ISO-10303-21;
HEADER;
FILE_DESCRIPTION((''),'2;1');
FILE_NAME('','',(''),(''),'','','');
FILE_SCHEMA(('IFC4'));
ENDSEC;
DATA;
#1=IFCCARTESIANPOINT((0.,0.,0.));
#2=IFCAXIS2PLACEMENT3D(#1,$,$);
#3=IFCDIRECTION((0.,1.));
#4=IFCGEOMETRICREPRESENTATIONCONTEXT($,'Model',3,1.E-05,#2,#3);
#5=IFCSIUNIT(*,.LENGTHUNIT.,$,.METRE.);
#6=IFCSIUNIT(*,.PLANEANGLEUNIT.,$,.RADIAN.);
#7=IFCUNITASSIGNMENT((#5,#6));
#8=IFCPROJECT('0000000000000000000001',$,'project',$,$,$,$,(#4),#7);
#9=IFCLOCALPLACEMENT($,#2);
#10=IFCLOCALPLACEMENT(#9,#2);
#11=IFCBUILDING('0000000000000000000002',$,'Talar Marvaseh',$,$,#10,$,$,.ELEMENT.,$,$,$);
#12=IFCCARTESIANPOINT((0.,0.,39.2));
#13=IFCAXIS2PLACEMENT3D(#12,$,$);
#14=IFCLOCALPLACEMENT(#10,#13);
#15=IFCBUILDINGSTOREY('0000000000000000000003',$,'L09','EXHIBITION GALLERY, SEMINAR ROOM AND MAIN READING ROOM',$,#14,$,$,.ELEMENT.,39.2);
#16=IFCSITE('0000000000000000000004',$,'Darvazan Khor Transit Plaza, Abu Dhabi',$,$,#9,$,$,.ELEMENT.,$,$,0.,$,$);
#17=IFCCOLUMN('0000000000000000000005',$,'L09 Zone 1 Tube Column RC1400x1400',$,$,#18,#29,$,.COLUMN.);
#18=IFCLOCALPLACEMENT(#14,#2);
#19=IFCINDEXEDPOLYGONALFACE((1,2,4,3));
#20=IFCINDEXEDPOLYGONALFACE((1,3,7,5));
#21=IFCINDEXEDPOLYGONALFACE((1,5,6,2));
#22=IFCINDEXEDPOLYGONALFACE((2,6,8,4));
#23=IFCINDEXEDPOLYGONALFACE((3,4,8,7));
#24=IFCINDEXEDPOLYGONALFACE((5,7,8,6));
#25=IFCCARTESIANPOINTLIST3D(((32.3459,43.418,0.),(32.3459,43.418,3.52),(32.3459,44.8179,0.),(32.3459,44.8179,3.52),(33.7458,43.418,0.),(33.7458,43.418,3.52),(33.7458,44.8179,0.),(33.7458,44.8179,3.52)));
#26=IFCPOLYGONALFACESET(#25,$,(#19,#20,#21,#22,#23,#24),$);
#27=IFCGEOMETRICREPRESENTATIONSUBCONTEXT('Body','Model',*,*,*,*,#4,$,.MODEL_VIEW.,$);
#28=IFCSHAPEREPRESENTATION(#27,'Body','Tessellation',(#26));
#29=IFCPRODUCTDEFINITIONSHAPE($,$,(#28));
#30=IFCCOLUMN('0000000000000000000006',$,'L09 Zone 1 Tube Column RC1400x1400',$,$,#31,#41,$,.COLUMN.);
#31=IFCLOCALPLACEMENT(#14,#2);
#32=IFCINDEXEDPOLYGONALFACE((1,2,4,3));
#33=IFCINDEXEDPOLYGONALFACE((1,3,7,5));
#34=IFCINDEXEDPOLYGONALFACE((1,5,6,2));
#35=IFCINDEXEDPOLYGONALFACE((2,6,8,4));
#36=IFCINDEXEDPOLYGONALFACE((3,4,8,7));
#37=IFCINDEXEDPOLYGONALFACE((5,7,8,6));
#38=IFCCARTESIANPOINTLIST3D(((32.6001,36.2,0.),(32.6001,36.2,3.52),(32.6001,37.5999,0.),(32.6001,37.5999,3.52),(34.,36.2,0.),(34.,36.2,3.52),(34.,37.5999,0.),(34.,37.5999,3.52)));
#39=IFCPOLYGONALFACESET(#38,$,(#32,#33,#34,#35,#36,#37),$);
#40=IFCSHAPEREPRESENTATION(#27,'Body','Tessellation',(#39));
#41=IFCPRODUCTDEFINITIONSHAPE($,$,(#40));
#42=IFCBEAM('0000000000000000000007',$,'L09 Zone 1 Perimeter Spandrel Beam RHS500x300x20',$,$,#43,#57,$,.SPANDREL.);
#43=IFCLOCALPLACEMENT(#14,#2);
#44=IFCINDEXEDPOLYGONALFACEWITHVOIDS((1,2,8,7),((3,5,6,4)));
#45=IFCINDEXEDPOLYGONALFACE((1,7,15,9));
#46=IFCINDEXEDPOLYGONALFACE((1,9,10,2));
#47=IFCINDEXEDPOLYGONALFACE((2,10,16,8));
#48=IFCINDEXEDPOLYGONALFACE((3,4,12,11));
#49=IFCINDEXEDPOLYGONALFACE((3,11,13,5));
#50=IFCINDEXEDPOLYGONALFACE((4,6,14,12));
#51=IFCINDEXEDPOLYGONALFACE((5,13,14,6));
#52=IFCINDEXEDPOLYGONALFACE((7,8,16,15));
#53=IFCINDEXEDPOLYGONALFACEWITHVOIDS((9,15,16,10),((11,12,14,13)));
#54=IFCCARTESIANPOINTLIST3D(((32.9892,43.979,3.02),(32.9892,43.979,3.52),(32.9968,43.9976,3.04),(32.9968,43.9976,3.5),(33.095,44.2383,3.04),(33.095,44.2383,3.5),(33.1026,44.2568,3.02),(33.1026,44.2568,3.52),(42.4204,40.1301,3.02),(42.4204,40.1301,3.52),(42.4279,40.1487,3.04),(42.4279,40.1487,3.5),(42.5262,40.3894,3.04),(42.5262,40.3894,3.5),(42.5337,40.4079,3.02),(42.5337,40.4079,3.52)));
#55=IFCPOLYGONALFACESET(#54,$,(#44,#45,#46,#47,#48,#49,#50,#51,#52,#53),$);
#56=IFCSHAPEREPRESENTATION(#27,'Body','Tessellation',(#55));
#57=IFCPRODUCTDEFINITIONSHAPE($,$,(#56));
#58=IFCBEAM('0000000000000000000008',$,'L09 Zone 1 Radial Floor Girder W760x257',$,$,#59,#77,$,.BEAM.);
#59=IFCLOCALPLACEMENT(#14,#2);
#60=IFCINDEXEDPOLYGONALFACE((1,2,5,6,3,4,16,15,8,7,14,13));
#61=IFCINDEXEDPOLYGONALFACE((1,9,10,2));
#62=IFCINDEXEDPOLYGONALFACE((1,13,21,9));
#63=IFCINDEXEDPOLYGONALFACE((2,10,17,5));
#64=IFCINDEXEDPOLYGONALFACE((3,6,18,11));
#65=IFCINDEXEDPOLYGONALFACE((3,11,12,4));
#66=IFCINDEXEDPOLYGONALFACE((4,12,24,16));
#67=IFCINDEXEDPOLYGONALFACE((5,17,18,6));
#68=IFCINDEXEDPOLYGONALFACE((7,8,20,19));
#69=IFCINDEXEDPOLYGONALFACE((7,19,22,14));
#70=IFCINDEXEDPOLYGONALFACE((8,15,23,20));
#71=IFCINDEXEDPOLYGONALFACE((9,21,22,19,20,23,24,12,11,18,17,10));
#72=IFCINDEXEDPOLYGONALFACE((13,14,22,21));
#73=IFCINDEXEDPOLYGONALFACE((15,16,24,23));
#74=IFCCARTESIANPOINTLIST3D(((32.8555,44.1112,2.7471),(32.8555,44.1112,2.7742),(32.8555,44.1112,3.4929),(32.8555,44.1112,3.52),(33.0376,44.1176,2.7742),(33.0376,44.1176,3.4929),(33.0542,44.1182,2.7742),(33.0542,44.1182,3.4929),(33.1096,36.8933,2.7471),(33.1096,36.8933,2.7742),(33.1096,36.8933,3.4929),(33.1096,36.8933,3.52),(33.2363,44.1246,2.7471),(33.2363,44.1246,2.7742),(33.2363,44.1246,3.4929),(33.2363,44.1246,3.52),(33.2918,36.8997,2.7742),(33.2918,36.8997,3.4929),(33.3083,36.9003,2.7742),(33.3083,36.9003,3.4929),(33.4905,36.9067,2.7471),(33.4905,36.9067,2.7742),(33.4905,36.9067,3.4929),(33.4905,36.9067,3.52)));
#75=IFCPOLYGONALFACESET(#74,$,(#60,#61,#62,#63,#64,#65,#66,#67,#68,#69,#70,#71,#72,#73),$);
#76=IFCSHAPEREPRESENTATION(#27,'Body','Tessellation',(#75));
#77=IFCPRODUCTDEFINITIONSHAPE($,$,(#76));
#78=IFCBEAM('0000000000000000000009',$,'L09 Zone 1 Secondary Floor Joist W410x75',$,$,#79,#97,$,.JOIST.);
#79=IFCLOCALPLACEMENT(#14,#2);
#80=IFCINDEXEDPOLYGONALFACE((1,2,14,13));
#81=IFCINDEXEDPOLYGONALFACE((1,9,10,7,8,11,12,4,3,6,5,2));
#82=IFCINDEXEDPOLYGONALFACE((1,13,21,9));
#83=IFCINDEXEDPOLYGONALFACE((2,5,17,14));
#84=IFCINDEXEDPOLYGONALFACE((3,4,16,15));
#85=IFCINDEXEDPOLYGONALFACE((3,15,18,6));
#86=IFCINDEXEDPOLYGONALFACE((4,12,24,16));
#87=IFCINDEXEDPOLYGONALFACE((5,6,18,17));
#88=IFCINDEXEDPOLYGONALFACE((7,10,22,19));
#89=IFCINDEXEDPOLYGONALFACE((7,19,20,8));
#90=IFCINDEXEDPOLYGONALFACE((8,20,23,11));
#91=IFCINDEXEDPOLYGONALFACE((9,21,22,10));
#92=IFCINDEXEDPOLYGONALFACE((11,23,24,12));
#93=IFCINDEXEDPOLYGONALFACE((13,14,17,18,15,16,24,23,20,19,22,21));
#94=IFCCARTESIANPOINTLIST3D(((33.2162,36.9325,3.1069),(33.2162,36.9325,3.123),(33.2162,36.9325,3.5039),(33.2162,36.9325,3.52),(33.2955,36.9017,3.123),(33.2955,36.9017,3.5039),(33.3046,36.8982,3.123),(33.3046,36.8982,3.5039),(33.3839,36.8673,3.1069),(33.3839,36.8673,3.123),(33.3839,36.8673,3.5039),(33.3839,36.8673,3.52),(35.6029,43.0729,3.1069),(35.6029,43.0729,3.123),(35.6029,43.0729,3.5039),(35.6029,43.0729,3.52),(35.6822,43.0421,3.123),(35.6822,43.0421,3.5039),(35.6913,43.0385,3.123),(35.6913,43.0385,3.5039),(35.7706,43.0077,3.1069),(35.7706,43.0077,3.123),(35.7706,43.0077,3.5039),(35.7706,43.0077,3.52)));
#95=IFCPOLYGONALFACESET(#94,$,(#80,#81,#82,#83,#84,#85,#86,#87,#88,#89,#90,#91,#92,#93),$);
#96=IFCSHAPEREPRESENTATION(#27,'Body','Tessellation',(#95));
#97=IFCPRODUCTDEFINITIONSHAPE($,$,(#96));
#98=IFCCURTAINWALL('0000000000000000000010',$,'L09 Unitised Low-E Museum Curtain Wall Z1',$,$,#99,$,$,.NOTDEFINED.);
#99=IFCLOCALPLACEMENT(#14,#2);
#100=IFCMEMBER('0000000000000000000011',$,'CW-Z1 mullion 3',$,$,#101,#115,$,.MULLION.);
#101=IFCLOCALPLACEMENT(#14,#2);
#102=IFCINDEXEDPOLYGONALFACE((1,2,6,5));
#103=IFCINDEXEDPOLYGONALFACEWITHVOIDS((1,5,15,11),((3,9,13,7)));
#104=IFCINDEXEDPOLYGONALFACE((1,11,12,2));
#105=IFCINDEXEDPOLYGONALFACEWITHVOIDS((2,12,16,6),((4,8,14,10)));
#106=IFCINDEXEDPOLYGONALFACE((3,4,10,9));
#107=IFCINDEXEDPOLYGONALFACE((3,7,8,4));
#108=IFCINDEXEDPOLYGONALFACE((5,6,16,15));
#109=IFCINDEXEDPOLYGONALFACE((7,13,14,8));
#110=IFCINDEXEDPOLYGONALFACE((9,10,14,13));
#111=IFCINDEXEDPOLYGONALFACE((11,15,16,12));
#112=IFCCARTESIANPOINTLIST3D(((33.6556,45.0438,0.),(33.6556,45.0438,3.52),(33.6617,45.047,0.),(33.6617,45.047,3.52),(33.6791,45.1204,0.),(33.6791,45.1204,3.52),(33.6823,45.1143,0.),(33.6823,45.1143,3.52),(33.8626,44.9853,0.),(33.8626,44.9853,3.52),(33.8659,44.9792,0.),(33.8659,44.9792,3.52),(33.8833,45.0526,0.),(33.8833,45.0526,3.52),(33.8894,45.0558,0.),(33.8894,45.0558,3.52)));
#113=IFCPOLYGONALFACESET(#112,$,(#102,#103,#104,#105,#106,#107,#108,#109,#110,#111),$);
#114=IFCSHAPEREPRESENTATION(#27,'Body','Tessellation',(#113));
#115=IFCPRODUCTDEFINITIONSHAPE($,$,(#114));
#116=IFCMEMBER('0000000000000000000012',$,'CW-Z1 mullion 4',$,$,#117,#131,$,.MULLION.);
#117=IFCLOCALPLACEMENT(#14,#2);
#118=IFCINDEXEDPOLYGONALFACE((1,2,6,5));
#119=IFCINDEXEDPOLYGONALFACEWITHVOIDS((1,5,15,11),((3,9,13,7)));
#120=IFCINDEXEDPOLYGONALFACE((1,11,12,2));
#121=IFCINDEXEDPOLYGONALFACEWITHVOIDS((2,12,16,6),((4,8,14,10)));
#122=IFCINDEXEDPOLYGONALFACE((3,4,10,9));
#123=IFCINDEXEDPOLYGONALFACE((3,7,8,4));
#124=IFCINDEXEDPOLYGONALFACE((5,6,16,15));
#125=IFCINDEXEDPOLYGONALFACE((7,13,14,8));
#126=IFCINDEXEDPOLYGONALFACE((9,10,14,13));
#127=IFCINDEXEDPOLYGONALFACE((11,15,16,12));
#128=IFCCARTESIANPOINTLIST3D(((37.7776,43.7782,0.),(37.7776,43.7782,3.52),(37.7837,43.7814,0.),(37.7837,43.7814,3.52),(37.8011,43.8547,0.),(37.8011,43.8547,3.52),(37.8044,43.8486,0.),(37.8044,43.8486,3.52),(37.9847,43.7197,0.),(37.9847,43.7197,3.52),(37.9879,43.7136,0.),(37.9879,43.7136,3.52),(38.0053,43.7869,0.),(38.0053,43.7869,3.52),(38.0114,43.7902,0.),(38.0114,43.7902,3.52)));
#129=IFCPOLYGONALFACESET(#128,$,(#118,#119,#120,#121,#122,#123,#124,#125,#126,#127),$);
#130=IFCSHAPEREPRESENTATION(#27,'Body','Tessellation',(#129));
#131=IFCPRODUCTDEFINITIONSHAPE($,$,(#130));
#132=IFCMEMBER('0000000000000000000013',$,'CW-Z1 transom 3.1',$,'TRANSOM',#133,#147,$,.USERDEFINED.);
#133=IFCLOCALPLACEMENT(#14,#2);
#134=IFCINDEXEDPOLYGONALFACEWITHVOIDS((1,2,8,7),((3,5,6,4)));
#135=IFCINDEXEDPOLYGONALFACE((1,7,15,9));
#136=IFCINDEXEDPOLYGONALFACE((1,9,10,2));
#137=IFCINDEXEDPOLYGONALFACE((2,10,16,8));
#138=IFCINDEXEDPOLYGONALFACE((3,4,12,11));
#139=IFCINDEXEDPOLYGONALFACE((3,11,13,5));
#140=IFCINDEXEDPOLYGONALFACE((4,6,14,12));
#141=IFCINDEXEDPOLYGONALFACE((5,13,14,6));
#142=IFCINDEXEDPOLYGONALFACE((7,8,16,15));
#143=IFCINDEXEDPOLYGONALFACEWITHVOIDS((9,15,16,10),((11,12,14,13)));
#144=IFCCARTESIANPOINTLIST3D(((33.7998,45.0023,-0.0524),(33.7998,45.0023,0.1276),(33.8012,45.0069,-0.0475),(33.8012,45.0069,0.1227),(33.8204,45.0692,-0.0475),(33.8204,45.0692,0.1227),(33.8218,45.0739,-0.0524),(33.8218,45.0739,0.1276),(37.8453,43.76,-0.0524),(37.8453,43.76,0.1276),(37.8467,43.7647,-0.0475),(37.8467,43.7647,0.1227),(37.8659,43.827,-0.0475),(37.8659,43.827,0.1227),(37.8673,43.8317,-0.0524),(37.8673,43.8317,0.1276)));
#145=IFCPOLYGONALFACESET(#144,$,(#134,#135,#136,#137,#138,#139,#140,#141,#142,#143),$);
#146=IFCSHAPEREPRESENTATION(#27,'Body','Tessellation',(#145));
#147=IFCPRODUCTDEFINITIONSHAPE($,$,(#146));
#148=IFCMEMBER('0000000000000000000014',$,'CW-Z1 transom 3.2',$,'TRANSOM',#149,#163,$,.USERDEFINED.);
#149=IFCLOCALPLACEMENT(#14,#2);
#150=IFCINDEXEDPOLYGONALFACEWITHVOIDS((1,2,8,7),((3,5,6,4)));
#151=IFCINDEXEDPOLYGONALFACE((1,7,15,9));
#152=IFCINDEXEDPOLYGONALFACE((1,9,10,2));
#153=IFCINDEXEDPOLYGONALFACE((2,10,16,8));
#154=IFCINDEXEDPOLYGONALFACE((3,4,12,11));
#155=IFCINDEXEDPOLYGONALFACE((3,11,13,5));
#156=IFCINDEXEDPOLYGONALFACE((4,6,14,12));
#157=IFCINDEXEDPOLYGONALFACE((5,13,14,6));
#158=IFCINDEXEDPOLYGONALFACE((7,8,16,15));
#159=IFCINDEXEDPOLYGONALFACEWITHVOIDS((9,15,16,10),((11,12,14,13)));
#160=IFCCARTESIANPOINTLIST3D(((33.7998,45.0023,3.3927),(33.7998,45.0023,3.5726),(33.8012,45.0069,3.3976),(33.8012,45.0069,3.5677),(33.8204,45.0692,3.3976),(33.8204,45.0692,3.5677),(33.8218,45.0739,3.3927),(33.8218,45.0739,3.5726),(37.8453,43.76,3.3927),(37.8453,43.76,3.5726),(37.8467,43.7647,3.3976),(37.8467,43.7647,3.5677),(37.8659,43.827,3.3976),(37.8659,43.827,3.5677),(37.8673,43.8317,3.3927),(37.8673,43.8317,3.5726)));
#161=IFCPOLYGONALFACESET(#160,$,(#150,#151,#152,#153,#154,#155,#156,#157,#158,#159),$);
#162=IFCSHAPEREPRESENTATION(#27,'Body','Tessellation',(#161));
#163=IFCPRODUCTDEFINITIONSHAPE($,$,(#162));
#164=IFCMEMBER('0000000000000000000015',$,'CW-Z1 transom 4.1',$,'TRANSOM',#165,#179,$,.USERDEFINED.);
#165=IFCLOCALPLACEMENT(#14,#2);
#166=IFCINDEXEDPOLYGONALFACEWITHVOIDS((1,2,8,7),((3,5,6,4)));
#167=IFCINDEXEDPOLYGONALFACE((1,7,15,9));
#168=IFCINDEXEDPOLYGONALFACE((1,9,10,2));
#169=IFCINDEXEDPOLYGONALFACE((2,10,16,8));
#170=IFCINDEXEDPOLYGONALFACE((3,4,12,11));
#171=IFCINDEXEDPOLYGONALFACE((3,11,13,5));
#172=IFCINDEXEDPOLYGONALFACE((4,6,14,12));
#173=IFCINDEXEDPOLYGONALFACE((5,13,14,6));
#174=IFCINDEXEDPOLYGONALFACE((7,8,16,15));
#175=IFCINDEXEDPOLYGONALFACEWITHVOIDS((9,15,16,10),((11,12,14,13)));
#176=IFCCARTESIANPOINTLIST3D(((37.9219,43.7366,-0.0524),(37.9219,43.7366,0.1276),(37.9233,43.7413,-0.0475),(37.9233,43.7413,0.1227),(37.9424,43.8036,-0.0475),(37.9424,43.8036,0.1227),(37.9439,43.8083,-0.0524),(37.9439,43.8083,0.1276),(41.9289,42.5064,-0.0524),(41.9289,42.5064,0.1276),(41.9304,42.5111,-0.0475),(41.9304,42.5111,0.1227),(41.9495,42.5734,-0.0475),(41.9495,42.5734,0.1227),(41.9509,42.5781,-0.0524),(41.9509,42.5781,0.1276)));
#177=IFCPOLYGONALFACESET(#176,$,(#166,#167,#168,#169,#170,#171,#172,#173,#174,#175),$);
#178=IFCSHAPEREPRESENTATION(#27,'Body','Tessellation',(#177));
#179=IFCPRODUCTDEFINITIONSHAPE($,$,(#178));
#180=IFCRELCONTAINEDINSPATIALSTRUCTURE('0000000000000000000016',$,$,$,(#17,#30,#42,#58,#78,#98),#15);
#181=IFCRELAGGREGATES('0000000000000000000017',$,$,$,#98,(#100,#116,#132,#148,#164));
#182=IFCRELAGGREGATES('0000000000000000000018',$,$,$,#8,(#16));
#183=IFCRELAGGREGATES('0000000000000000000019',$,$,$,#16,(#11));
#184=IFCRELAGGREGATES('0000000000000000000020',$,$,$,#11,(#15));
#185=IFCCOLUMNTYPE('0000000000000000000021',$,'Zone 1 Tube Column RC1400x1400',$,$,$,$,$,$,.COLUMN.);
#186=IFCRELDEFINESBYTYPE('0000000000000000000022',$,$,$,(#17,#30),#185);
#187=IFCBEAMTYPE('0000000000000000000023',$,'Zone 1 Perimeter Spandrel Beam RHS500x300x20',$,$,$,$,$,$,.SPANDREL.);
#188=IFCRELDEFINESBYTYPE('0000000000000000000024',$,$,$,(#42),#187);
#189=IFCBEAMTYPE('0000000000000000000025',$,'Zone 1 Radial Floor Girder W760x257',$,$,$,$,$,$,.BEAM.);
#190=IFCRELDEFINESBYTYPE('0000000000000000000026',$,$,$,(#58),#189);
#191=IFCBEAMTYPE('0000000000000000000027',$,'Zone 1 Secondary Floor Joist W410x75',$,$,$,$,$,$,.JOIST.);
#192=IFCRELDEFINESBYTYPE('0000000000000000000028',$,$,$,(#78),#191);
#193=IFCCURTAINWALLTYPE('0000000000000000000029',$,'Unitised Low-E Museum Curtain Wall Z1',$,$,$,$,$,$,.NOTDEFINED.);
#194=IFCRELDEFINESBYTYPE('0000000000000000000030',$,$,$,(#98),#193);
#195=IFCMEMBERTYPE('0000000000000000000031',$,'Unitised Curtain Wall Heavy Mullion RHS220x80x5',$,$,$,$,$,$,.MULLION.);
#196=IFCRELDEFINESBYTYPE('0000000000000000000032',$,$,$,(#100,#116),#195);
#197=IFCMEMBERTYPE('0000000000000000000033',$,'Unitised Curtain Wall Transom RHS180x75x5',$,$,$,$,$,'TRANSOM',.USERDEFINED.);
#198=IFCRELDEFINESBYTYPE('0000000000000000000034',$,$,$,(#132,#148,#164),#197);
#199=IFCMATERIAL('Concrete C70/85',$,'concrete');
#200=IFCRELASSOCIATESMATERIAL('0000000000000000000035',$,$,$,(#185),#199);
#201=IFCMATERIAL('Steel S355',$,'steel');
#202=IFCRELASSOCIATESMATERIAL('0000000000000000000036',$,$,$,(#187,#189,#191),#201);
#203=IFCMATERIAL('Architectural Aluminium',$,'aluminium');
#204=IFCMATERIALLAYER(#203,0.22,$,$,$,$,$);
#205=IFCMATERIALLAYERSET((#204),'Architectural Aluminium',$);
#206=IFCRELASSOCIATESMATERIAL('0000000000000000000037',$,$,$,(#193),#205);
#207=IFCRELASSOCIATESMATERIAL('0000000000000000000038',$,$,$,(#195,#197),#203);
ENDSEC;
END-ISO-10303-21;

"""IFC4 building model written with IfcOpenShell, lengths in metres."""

from ifc_helpers import new_model, si_unit, direction, frame, origin, origin_2d, place, context, subcontext, project, spatial, rectangle, hollow_rectangle, i_section, extrude, source, transform, mapped, material, layer, layer_set, material_profile, profile_set, type_object, type_shapes, element, aggregate, save


model = new_model("IFC4")

# Units and contexts
model_context = context("Model", 3, precision=1e-05, world=origin(), true_north=direction((0.0, 1.0)))
body_context = subcontext(model_context, "Body", "Model", "MODEL_VIEW")
ifc_project = project(units=[si_unit("LENGTHUNIT", "METRE"), si_unit("PLANEANGLEUNIT", "RADIAN")], contexts=[model_context])

# Site, building, storey
site_placement = place(None, origin())
site = spatial("IfcSite", under=ifc_project, at=site_placement, Name="Darvazan Khor Transit Plaza, Abu Dhabi", CompositionType="ELEMENT", RefElevation=0.0)
building_placement = place(site_placement, origin())
building = spatial("IfcBuilding", under=site, at=building_placement, Name="Talar Marvaseh", CompositionType="ELEMENT")
storey_placement = place(building_placement, frame((0.0, 0.0, 39.2)))
storey = spatial("IfcBuildingStorey", under=building, at=storey_placement, Name="L09", Description="EXHIBITION GALLERY, SEMINAR ROOM AND MAIN READING ROOM", CompositionType="ELEMENT", Elevation=39.2)

# Columns
ifc_material_1 = material(Name="Concrete C70/85", Category="concrete")
ifc_material_profile_1 = material_profile(ifc_material_1, rectangle(XDim=1.3999, YDim=1.3999, at=origin_2d()), Name="RC1400x1400")
ifc_profile_set_1 = profile_set([ifc_material_profile_1], Name="Concrete C70/85")
column_type = type_object("IfcColumnType", Name="Zone 1 Tube Column RC1400x1400", PredefinedType="COLUMN", material=ifc_profile_set_1)
for number, where, z_axis, x_axis, name in (
    (1, (33.0459, 44.1179, 0.0), (0.0, 0.0, 1.0), (1.0, 0.0, 0.0), "L09 Zone 1 Tube Column RC1400x1400"),
    (2, (33.3, 36.8999, 0.0), (0.0, 0.0, 1.0), (1.0, 0.0, 0.0), "L09 Zone 1 Tube Column RC1400x1400"),
):
    element("IfcColumn", number, at=place(storey_placement, frame(where, z_axis=z_axis, x_axis=x_axis)), inside=storey, type_object=column_type, Name=name, PredefinedType="COLUMN", context=body_context, shape_type="SweptSolid", body=[
        extrude(rectangle(XDim=1.3999, YDim=1.3999, at=origin_2d()), origin(), (0.0, 0.0, 1.0), 3.52),
    ])

# Beams
ifc_material_2 = material(Name="Steel S355", Category="steel")
ifc_material_profile_2 = material_profile(ifc_material_2, hollow_rectangle(XDim=0.3, YDim=0.5, WallThickness=0.02, at=origin_2d()), Name="RHS500x300x20")
ifc_profile_set_2 = profile_set([ifc_material_profile_2], Name="Steel S355")
beam_type_1 = type_object("IfcBeamType", Name="Zone 1 Perimeter Spandrel Beam RHS500x300x20", PredefinedType="SPANDREL", material=ifc_profile_set_2)
beam_1_placement = place(storey_placement, frame((33.0459, 44.1179, 3.27), z_axis=(0.925867, -0.377849, 0.0), x_axis=(0.377849, 0.925867, 0.0)))
element("IfcBeam", 3, at=beam_1_placement, inside=storey, type_object=beam_type_1, Name="L09 Zone 1 Perimeter Spandrel Beam RHS500x300x20", PredefinedType="SPANDREL", context=body_context, shape_type="SweptSolid", body=[
    extrude(hollow_rectangle(XDim=0.3, YDim=0.5, WallThickness=0.02, at=origin_2d()), origin(), (0.0, 0.0, 1.0), 10.1863),
])
ifc_material_profile_3 = material_profile(ifc_material_2, i_section(OverallWidth=0.3811, OverallDepth=0.7729, WebThickness=0.0166, FlangeThickness=0.0271, at=origin_2d()), Name="W760x257")
ifc_profile_set_3 = profile_set([ifc_material_profile_3], Name="Steel S355")
beam_type_2 = type_object("IfcBeamType", Name="Zone 1 Radial Floor Girder W760x257", PredefinedType="BEAM", material=ifc_profile_set_3)
beam_2_placement = place(storey_placement, frame((33.0459, 44.1179, 3.1335), z_axis=(0.035189, -0.999381, 0.0), x_axis=(0.999381, 0.035189, 0.0)))
element("IfcBeam", 4, at=beam_2_placement, inside=storey, type_object=beam_type_2, Name="L09 Zone 1 Radial Floor Girder W760x257", PredefinedType="BEAM", context=body_context, shape_type="SweptSolid", body=[
    extrude(i_section(OverallWidth=0.3811, OverallDepth=0.7729, WebThickness=0.0166, FlangeThickness=0.0271, at=origin_2d()), origin(), (0.0, 0.0, 1.0), 7.2224),
])
ifc_material_profile_4 = material_profile(ifc_material_2, i_section(OverallWidth=0.1799, OverallDepth=0.4131, WebThickness=0.0098, FlangeThickness=0.0161, at=origin_2d()), Name="W410x75")
ifc_profile_set_4 = profile_set([ifc_material_profile_4], Name="Steel S355")
beam_type_3 = type_object("IfcBeamType", Name="Zone 1 Secondary Floor Joist W410x75", PredefinedType="JOIST", material=ifc_profile_set_4)
beam_3_placement = place(storey_placement, frame((35.6868, 43.0403, 3.3135), z_axis=(-0.362287, -0.932067, 0.0), x_axis=(0.932067, -0.362287, 0.0)))
element("IfcBeam", 5, at=beam_3_placement, inside=storey, type_object=beam_type_3, Name="L09 Zone 1 Secondary Floor Joist W410x75", PredefinedType="JOIST", context=body_context, shape_type="SweptSolid", body=[
    extrude(i_section(OverallWidth=0.1799, OverallDepth=0.4131, WebThickness=0.0098, FlangeThickness=0.0161, at=origin_2d()), origin(), (0.0, 0.0, 1.0), 6.5879),
])

# Curtain wall, members
ifc_material_3 = material(Name="Architectural Aluminium", Category="aluminium")
ifc_layer_1 = layer(ifc_material_3, 0.22)
ifc_layer_set_1 = layer_set([ifc_layer_1], Name="Architectural Aluminium")
curtain_wall_type = type_object("IfcCurtainWallType", Name="Unitised Low-E Museum Curtain Wall Z1", PredefinedType="NOTDEFINED", material=ifc_layer_set_1)
curtain_wall_placement = place(storey_placement, origin())
curtain_wall = element("IfcCurtainWall", 6, at=curtain_wall_placement, inside=storey, type_object=curtain_wall_type, Name="L09 Unitised Low-E Museum Curtain Wall Z1", PredefinedType="NOTDEFINED")
ifc_material_profile_5 = material_profile(ifc_material_3, hollow_rectangle(XDim=0.0801, YDim=0.22, WallThickness=0.0049, at=origin_2d()), Name="RHS220x80x5")
ifc_profile_set_5 = profile_set([ifc_material_profile_5], Name="Architectural Aluminium")
member_type_1 = type_object("IfcMemberType", Name="Unitised Curtain Wall Heavy Mullion RHS220x80x5", PredefinedType="MULLION", material=ifc_profile_set_5)
shared_shape_1 = source(origin(), body_context, "Body", "SweptSolid", [
    extrude(hollow_rectangle(XDim=0.0801, YDim=0.22, WallThickness=0.0049, at=origin_2d()), origin(), (0.0, 0.0, 1.0), 3.52),
])
type_shapes(member_type_1, [shared_shape_1])
member_1_placement = place(storey_placement, frame((33.7725, 45.0498, 0.0), z_axis=(0.0, 0.0, 1.0), x_axis=(0.293508, 0.955956, 0.0)))
member_1 = element("IfcMember", 7, at=member_1_placement, type_object=member_type_1, Name="CW-Z1 mullion 3", PredefinedType="MULLION", context=body_context, shape_type="MappedRepresentation", body=[
    mapped(shared_shape_1, transform((0.0, 0.0, 0.0), x_axis=(1.0, 0.0, 0.0), y_axis=(0.0, 1.0, 0.0), z_axis=(0.0, 0.0, 1.0), scale=1.0)),
])
member_2_placement = place(storey_placement, frame((37.8945, 43.7842, 0.0), z_axis=(0.0, 0.0, 1.0), x_axis=(0.293508, 0.955956, 0.0)))
member_2 = element("IfcMember", 8, at=member_2_placement, type_object=member_type_1, Name="CW-Z1 mullion 4", PredefinedType="MULLION", context=body_context, shape_type="MappedRepresentation", body=[
    mapped(shared_shape_1, transform((0.0, 0.0, 0.0), x_axis=(1.0, 0.0, 0.0), y_axis=(0.0, 1.0, 0.0), z_axis=(0.0, 0.0, 1.0), scale=1.0)),
])
ifc_material_profile_6 = material_profile(ifc_material_3, hollow_rectangle(XDim=0.075, YDim=0.1799, WallThickness=0.0049, at=origin_2d()), Name="RHS180x75x5")
ifc_profile_set_6 = profile_set([ifc_material_profile_6], Name="Architectural Aluminium")
member_type_2 = type_object("IfcMemberType", Name="Unitised Curtain Wall Transom RHS180x75x5", ElementType="TRANSOM", PredefinedType="USERDEFINED", material=ifc_profile_set_6)
shared_shape_2 = source(origin(), body_context, "Body", "SweptSolid", [
    extrude(hollow_rectangle(XDim=0.075, YDim=0.1799, WallThickness=0.0049, at=origin_2d()), origin(), (0.0, 0.0, 1.0), 4.2319),
])
member_3_placement = place(storey_placement, frame((33.8108, 45.0381, 0.0376), z_axis=(0.955948, -0.293534, 0.0), x_axis=(0.293534, 0.955948, 0.0)))
member_3 = element("IfcMember", 9, at=member_3_placement, type_object=member_type_2, Name="CW-Z1 transom 3.1", ObjectType="TRANSOM", PredefinedType="USERDEFINED", context=body_context, shape_type="MappedRepresentation", body=[
    mapped(shared_shape_2, transform((0.0, 0.0, 0.0), x_axis=(1.0, 0.0, 0.0), y_axis=(0.0, 1.0, 0.0), z_axis=(0.0, 0.0, 1.0), scale=1.0)),
])
member_4_placement = place(storey_placement, frame((33.8108, 45.0381, 3.4827), z_axis=(0.955948, -0.293534, 0.0), x_axis=(0.293534, 0.955948, 0.0)))
member_4 = element("IfcMember", 10, at=member_4_placement, type_object=member_type_2, Name="CW-Z1 transom 3.2", ObjectType="TRANSOM", PredefinedType="USERDEFINED", context=body_context, shape_type="MappedRepresentation", body=[
    mapped(shared_shape_2, transform((0.0, 0.0, 0.0), x_axis=(1.0, 0.0, 0.0), y_axis=(0.0, 1.0, 0.0), z_axis=(0.0, 0.0, 1.0), scale=1.0)),
])
shared_shape_3 = source(origin(), body_context, "Body", "SweptSolid", [
    extrude(hollow_rectangle(XDim=0.075, YDim=0.1799, WallThickness=0.0049, at=origin_2d()), origin(), (0.0, 0.0, 1.0), 4.1917),
])
type_shapes(member_type_2, [shared_shape_2, shared_shape_3])
member_5_placement = place(storey_placement, frame((37.9329, 43.7725, 0.0376), z_axis=(0.955961, -0.293492, 0.0), x_axis=(0.293492, 0.955961, 0.0)))
member_5 = element("IfcMember", 11, at=member_5_placement, type_object=member_type_2, Name="CW-Z1 transom 4.1", ObjectType="TRANSOM", PredefinedType="USERDEFINED", context=body_context, shape_type="MappedRepresentation", body=[
    mapped(shared_shape_3, transform((0.0, 0.0, 0.0), x_axis=(1.0, 0.0, 0.0), y_axis=(0.0, 1.0, 0.0), z_axis=(0.0, 0.0, 1.0), scale=1.0)),
])
aggregate(curtain_wall, [member_1, member_2, member_3, member_4, member_5])

save(model, "model.ifc")
